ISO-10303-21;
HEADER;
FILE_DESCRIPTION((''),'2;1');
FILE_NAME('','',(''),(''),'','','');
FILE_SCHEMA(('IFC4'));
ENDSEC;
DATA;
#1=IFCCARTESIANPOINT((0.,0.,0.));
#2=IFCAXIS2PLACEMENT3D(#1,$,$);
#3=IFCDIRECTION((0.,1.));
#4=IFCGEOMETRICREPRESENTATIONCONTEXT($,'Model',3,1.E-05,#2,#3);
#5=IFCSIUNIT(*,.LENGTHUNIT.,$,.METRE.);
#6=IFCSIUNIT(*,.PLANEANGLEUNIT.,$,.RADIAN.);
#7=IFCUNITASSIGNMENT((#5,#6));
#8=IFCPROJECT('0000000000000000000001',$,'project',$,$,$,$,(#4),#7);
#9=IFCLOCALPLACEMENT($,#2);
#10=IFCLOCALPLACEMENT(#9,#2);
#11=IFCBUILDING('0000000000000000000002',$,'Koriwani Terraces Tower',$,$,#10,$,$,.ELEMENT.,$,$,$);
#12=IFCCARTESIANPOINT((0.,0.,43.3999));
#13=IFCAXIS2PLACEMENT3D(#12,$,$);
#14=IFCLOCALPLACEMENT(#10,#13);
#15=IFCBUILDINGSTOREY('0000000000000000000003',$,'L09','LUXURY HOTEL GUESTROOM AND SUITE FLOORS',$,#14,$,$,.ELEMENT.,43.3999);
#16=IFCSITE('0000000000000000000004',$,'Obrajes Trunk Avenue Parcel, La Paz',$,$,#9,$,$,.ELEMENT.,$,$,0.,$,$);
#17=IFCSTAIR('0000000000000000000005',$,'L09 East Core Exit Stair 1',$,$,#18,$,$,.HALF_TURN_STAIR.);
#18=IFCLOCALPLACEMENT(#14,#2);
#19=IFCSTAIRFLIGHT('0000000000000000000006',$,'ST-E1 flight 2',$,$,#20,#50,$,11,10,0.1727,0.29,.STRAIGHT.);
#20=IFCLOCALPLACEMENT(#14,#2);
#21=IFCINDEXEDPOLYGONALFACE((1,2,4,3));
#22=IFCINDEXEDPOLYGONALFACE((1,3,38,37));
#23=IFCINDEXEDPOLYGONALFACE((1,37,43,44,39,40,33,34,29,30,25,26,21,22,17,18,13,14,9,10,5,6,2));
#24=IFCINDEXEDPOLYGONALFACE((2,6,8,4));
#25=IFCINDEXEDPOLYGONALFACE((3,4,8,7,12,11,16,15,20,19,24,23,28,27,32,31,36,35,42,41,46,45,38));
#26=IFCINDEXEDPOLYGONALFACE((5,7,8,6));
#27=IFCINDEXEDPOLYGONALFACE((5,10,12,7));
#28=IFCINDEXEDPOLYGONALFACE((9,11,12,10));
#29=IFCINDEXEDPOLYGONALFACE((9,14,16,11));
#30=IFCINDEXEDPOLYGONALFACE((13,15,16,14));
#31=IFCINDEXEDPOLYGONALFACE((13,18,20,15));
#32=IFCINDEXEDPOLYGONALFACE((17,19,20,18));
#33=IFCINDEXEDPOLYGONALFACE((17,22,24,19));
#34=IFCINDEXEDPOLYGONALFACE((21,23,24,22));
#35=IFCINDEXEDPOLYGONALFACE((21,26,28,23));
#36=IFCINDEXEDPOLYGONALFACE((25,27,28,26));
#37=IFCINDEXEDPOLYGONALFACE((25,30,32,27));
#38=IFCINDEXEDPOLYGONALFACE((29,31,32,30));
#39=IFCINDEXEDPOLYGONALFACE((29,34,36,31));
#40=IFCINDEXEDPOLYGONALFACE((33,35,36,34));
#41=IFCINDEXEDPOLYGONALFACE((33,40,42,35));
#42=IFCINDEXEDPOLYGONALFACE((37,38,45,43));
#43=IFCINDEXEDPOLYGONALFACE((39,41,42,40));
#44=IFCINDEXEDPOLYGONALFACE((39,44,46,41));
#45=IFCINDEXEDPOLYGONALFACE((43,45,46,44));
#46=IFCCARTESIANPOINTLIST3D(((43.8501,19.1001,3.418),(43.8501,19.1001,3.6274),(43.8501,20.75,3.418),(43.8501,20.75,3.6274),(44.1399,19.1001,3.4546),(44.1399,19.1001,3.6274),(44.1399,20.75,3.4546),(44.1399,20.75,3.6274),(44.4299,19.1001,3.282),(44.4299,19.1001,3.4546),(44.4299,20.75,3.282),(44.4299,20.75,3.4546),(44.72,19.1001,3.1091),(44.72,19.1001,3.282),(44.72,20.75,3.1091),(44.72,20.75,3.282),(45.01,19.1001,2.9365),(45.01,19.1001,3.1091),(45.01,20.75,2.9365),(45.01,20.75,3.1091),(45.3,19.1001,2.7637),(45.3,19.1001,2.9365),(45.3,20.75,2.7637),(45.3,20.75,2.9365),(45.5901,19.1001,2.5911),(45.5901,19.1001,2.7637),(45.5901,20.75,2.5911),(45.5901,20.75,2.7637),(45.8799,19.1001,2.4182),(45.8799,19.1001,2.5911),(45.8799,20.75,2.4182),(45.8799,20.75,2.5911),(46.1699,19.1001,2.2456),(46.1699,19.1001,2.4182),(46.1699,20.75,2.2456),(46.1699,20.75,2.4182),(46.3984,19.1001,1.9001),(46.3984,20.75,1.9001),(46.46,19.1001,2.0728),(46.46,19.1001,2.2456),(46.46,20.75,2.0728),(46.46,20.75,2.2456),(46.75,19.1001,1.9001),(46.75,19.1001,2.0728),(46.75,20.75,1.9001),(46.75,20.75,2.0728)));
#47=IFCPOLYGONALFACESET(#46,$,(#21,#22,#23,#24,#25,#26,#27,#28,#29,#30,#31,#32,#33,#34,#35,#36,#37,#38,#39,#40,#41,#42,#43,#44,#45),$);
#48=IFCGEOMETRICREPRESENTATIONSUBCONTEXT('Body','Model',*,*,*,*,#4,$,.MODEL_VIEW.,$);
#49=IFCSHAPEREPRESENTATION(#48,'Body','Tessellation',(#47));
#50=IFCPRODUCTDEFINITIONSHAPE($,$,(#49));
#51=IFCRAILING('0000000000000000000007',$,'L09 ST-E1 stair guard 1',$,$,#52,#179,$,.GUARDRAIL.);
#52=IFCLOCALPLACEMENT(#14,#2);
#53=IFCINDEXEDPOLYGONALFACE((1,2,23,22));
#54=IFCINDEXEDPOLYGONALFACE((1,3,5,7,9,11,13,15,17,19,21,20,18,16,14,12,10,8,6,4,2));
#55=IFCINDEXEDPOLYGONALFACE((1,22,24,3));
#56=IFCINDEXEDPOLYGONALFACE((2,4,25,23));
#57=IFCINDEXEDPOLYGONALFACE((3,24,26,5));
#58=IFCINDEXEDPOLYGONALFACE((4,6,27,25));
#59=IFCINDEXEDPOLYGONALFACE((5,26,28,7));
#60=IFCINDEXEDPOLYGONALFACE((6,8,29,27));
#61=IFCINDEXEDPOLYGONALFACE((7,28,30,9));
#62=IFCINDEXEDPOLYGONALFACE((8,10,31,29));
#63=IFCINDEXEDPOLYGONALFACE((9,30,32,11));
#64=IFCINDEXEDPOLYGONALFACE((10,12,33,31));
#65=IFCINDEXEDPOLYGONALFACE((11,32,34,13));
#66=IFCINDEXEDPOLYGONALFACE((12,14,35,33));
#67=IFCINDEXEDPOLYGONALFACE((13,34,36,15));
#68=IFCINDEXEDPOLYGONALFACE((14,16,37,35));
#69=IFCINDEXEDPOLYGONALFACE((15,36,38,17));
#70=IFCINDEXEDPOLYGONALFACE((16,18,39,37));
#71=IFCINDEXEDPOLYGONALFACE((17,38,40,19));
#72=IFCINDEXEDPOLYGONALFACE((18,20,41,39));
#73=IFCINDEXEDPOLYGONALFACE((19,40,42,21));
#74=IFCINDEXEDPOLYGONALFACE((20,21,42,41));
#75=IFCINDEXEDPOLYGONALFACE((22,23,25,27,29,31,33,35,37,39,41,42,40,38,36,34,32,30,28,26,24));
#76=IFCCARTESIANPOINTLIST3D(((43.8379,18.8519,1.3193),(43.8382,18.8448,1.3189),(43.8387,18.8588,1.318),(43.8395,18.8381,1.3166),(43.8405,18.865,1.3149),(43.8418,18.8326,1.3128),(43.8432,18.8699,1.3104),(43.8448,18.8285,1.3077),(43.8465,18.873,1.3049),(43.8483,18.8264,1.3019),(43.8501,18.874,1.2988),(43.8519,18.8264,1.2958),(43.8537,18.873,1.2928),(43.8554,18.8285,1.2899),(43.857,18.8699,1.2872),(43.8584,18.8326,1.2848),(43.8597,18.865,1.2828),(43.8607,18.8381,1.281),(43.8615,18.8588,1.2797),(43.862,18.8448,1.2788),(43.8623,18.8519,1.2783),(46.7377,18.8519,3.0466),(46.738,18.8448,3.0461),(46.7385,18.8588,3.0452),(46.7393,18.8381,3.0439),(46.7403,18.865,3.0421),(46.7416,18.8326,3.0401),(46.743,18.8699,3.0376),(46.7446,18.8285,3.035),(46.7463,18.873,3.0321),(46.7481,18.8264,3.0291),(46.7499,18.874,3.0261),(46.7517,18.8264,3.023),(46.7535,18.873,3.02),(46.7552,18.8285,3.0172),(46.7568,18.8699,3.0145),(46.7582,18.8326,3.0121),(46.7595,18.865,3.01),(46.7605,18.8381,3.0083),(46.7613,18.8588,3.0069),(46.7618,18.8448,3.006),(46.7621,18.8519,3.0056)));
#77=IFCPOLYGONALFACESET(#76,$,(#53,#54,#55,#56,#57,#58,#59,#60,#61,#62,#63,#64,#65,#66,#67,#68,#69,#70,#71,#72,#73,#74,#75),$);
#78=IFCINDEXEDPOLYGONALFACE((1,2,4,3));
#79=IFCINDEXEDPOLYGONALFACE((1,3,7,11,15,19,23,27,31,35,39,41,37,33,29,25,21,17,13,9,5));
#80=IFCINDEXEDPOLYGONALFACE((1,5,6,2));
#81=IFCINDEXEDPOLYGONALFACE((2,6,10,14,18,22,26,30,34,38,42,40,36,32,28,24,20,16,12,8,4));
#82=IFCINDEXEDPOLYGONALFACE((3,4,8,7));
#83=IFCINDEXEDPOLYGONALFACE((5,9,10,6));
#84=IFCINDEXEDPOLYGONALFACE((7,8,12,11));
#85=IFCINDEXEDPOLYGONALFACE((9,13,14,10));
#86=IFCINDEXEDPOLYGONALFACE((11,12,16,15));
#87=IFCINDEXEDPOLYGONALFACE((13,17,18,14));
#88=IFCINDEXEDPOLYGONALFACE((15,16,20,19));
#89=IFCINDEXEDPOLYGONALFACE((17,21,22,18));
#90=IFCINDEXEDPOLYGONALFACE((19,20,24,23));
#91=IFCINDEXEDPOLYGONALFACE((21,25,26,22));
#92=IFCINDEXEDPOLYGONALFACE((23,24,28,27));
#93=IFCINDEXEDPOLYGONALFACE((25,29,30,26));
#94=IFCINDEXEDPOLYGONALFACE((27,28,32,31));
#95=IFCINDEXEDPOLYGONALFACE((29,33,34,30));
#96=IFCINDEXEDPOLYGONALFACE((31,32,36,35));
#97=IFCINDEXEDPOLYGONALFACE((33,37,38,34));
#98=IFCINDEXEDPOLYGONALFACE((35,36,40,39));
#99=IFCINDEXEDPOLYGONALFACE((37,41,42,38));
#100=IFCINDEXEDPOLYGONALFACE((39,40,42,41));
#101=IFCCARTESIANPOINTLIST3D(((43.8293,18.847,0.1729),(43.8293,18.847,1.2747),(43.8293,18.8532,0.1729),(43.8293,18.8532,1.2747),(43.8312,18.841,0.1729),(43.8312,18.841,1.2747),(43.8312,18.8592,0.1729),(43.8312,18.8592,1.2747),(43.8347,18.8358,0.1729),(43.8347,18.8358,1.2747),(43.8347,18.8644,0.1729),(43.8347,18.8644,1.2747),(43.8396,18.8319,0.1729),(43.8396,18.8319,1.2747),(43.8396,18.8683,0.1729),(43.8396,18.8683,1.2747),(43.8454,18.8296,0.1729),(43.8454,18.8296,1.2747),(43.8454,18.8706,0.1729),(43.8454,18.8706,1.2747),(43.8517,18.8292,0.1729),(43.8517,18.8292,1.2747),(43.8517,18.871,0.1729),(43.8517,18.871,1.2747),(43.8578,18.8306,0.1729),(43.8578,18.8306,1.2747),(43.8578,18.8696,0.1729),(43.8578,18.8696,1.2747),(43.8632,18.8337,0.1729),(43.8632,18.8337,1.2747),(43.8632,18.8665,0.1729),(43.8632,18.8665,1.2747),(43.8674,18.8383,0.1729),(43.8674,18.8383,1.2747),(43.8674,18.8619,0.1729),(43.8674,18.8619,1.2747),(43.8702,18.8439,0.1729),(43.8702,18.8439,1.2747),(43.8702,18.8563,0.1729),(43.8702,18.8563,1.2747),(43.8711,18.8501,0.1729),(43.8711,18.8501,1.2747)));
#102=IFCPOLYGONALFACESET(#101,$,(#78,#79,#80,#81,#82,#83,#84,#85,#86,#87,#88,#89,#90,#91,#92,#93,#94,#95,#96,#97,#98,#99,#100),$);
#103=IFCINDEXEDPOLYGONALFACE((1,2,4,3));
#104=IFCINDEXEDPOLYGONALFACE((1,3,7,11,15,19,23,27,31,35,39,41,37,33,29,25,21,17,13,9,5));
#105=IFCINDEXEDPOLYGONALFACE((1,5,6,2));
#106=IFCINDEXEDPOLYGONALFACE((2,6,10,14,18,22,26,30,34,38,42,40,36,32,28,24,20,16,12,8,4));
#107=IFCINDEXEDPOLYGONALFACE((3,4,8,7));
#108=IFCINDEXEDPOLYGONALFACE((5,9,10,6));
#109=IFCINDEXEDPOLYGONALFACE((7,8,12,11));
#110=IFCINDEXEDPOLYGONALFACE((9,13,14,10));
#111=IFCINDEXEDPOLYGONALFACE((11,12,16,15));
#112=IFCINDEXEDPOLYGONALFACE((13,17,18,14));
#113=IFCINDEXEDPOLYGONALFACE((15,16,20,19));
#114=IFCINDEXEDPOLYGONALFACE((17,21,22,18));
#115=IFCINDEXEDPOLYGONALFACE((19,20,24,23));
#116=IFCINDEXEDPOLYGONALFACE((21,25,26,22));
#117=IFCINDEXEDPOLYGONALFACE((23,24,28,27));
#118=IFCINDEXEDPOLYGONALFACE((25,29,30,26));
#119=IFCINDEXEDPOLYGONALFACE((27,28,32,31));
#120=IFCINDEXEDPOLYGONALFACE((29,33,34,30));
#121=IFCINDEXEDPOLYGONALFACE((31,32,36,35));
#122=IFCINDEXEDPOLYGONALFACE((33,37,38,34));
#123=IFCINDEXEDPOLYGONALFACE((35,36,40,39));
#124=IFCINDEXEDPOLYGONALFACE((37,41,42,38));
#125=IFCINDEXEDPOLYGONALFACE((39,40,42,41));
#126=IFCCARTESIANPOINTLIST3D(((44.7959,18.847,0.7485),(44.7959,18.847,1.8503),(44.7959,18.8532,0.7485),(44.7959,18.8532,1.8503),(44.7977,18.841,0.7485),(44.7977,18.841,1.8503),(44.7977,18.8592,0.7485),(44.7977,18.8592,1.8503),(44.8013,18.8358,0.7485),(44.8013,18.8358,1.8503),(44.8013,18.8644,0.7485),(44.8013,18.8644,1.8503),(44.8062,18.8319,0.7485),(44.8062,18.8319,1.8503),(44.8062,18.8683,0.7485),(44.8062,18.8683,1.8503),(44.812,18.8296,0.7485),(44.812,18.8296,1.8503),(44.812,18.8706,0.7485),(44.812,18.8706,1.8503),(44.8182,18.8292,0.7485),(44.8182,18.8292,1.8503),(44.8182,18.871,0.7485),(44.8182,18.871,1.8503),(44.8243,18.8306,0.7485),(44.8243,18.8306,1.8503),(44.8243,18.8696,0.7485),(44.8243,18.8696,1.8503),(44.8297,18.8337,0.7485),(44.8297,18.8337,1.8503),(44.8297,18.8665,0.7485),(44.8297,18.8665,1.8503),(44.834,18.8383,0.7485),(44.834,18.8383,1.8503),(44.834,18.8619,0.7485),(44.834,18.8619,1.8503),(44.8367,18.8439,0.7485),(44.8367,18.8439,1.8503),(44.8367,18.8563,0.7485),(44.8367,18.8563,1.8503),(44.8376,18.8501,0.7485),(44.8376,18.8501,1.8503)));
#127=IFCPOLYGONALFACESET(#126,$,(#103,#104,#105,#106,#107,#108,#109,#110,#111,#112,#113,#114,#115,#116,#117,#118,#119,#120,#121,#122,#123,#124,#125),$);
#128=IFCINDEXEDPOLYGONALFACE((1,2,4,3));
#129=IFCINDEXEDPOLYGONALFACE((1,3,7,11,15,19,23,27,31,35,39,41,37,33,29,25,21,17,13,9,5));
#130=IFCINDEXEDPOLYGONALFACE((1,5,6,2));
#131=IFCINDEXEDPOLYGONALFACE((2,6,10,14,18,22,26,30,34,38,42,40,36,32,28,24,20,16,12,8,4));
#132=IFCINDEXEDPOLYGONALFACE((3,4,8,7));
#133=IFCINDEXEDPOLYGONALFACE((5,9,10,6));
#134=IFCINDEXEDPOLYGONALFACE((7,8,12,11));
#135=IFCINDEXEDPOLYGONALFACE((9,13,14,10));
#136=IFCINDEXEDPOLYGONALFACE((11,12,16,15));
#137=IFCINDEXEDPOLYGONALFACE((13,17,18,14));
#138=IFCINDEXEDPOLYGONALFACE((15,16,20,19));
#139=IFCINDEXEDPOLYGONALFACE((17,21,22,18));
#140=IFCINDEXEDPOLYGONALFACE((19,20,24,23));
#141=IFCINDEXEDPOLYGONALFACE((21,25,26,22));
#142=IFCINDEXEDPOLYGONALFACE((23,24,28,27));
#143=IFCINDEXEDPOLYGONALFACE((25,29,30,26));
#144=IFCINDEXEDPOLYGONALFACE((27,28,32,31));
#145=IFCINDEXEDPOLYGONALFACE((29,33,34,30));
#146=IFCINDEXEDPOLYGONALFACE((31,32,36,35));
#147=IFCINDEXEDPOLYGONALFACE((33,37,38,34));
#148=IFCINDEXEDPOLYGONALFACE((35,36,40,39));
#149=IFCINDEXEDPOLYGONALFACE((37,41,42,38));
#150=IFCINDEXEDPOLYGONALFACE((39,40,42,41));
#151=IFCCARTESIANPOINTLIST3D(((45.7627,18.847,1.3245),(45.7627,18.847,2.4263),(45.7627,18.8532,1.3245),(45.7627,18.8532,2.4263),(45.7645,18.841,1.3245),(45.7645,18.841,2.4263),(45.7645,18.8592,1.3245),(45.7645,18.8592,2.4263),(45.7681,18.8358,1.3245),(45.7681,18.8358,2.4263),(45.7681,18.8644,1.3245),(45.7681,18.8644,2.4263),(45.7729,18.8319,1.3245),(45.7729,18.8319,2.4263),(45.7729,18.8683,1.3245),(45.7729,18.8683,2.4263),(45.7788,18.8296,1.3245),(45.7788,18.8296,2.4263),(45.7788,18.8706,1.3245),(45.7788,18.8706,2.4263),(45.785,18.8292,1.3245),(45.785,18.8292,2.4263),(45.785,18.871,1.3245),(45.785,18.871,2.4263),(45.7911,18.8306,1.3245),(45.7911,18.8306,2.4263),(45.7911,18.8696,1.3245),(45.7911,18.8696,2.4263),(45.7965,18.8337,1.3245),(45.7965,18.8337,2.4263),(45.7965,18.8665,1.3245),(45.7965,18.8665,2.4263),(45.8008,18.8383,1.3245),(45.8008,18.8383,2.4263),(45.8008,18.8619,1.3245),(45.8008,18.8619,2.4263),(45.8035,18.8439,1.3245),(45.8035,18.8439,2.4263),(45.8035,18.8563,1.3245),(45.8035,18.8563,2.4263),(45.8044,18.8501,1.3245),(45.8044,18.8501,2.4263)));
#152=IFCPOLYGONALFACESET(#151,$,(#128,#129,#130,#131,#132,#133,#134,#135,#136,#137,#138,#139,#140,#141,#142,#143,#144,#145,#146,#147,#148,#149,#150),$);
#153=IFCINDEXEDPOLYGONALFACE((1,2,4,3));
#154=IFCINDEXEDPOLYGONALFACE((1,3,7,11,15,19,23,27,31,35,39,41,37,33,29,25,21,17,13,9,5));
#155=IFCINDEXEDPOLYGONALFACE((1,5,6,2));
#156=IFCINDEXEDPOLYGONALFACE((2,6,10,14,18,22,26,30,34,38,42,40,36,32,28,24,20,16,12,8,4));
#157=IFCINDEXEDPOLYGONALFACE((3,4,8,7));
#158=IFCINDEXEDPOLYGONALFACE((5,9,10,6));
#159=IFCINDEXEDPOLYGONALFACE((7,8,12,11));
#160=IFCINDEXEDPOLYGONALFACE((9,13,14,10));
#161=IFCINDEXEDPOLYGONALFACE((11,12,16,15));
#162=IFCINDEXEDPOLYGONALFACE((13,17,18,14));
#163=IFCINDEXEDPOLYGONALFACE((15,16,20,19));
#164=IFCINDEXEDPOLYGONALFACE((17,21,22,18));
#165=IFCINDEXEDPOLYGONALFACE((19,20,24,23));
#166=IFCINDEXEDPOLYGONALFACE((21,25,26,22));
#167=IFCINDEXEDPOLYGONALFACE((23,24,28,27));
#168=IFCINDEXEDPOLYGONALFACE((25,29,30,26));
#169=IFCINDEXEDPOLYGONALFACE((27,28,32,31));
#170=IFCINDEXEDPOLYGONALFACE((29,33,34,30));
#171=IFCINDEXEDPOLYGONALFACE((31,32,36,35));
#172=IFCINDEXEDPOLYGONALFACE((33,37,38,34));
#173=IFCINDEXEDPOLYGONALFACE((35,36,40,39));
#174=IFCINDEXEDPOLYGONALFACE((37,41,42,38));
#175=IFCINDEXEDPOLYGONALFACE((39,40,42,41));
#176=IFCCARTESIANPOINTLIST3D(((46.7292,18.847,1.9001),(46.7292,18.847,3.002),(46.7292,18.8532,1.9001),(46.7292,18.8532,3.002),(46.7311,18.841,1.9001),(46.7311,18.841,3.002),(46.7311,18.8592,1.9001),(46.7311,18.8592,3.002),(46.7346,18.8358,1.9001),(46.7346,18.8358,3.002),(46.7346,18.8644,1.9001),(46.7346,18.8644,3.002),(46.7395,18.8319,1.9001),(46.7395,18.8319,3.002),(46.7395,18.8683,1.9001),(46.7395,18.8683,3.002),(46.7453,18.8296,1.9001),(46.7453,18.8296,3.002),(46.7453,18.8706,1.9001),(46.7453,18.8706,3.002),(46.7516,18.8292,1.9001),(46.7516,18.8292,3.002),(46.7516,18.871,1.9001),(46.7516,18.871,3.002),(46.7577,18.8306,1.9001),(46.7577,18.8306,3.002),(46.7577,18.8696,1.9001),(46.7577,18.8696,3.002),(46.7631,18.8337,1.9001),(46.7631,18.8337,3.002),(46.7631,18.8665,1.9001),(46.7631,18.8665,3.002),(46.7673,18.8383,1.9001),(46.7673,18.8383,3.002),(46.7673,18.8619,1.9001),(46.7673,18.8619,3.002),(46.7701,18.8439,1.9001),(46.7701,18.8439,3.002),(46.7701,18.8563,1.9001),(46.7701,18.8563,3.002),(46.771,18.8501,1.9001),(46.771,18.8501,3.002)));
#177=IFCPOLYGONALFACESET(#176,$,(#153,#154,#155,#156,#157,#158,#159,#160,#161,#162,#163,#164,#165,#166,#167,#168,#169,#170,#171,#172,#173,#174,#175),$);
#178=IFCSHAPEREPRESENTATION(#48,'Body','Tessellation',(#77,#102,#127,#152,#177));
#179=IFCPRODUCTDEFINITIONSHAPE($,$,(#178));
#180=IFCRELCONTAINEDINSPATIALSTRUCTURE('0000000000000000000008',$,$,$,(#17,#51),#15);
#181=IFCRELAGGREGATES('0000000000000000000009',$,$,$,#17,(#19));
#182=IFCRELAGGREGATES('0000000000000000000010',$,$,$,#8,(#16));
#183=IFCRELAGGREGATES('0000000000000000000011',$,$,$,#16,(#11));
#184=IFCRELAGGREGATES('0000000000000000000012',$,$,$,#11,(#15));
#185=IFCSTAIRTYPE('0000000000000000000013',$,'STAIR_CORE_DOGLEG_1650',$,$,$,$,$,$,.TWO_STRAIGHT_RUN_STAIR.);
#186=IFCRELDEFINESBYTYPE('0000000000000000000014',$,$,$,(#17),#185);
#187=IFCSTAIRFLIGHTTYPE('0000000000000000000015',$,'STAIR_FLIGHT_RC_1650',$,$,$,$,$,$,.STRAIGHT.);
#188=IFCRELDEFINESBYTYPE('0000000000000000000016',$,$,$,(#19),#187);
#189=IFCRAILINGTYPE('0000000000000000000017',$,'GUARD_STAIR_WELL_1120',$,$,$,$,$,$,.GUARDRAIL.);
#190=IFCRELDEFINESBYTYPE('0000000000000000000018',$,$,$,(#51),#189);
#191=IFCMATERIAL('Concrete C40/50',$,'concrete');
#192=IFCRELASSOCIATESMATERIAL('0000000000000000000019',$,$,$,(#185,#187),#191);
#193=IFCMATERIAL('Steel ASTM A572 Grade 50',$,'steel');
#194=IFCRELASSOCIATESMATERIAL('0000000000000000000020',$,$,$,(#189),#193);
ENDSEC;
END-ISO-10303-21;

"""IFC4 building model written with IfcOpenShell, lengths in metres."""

from ifc_helpers import new_model, si_unit, direction, frame, origin, origin_2d, place, context, subcontext, project, spatial, polyline, circle, outline, extrude, material, type_object, element, aggregate, save


model = new_model("IFC4")

# Units and contexts
model_context = context("Model", 3, precision=1e-05, world=origin(), true_north=direction((0.0, 1.0)))
body_context = subcontext(model_context, "Body", "Model", "MODEL_VIEW")
ifc_project = project(units=[si_unit("LENGTHUNIT", "METRE"), si_unit("PLANEANGLEUNIT", "RADIAN")], contexts=[model_context])

# Site, building, storey
site_placement = place(None, origin())
site = spatial("IfcSite", under=ifc_project, at=site_placement, Name="Obrajes Trunk Avenue Parcel, La Paz", CompositionType="ELEMENT", RefElevation=0.0)
building_placement = place(site_placement, origin())
building = spatial("IfcBuilding", under=site, at=building_placement, Name="Koriwani Terraces Tower", CompositionType="ELEMENT")
storey_placement = place(building_placement, frame((0.0, 0.0, 43.3999)))
storey = spatial("IfcBuildingStorey", under=building, at=storey_placement, Name="L09", Description="LUXURY HOTEL GUESTROOM AND SUITE FLOORS", CompositionType="ELEMENT", Elevation=43.3999)

# Shared definitions
ifc_material_1 = material(Name="Steel ASTM A572 Grade 50", Category="steel")

# Shared definitions
ifc_material_2 = material(Name="Concrete C40/50", Category="concrete")

# Stair, stair flight
stair_type = type_object("IfcStairType", Name="STAIR_CORE_DOGLEG_1650", PredefinedType="TWO_STRAIGHT_RUN_STAIR", material=ifc_material_2)
stair_placement = place(storey_placement, origin())
stair = element("IfcStair", 1, at=stair_placement, inside=storey, type_object=stair_type, Name="L09 East Core Exit Stair 1", PredefinedType="HALF_TURN_STAIR")
stair_flight_type = type_object("IfcStairFlightType", Name="STAIR_FLIGHT_RC_1650", PredefinedType="STRAIGHT", material=ifc_material_2)
stair_flight_1_placement = place(storey_placement, frame((46.75, 19.925, 1.9001), z_axis=(0.0, 0.0, 1.0), x_axis=(-1.0, 0.0, 0.0)))
stair_flight_1 = element("IfcStairFlight", 2, at=stair_flight_1_placement, type_object=stair_flight_type, Name="ST-E1 flight 2", NumberOfRisers=11, NumberOfTreads=10, PredefinedType="STRAIGHT", RiserHeight=0.1727, TreadLength=0.29, context=body_context, shape_type="SweptSolid", body=[
    extrude(outline(polyline([(0.0, 0.0), (0.0, 0.1726), (0.29, 0.1726), (0.29, 0.3455), (0.5801, 0.3455), (0.5801, 0.5181), (0.8701, 0.5181), (0.8701, 0.6909), (1.1599, 0.6909), (1.1599, 0.8635), (1.45, 0.8635), (1.45, 1.0364), (1.74, 1.0364), (1.74, 1.209), (2.03, 1.209), (2.03, 1.3818), (2.3201, 1.3818), (2.3201, 1.5544), (2.6101, 1.5544), (2.6101, 1.7273), (2.8999, 1.7273), (2.8999, 1.8999), (2.8999, 1.5178), (0.3516, 0.0), (0.0, 0.0)])), frame((0.0, 0.825, 0.0), z_axis=(0.0, -1.0, 0.0), x_axis=(1.0, 0.0, 0.0)), (0.0, 0.0, 1.0), 1.6499),
])
aggregate(stair, [stair_flight_1])

# Railing
railing_type_1 = type_object("IfcRailingType", Name="GUARD_STAIR_WELL_1120", PredefinedType="GUARDRAIL", material=ifc_material_1)
railing_1_placement = place(storey_placement, frame((43.8501, 18.8501, 0.1729)))
element("IfcRailing", 3, at=railing_1_placement, inside=storey, type_object=railing_type_1, Name="L09 ST-E1 stair guard 1", PredefinedType="GUARDRAIL", context=body_context, shape_type="SweptSolid", body=[
    extrude(circle(Radius=0.0239, at=origin_2d()), frame((0.0, 0.0, 1.126), z_axis=(0.859141, 0.0, 0.511738), x_axis=(0.0, 1.0, 0.0)), (0.0, 0.0, 1.0), 3.3752),
    extrude(circle(Radius=0.021, at=origin_2d()), origin(), (0.0, 0.0, 1.0), 1.1018),
    extrude(circle(Radius=0.021, at=origin_2d()), frame((0.9666, 0.0, 0.5757)), (0.0, 0.0, 1.0), 1.1018),
    extrude(circle(Radius=0.021, at=origin_2d()), frame((1.9333, 0.0, 1.1516)), (0.0, 0.0, 1.0), 1.1018),
    extrude(circle(Radius=0.021, at=origin_2d()), frame((2.8999, 0.0, 1.7273)), (0.0, 0.0, 1.0), 1.1018),
])

save(model, "model.ifc")
